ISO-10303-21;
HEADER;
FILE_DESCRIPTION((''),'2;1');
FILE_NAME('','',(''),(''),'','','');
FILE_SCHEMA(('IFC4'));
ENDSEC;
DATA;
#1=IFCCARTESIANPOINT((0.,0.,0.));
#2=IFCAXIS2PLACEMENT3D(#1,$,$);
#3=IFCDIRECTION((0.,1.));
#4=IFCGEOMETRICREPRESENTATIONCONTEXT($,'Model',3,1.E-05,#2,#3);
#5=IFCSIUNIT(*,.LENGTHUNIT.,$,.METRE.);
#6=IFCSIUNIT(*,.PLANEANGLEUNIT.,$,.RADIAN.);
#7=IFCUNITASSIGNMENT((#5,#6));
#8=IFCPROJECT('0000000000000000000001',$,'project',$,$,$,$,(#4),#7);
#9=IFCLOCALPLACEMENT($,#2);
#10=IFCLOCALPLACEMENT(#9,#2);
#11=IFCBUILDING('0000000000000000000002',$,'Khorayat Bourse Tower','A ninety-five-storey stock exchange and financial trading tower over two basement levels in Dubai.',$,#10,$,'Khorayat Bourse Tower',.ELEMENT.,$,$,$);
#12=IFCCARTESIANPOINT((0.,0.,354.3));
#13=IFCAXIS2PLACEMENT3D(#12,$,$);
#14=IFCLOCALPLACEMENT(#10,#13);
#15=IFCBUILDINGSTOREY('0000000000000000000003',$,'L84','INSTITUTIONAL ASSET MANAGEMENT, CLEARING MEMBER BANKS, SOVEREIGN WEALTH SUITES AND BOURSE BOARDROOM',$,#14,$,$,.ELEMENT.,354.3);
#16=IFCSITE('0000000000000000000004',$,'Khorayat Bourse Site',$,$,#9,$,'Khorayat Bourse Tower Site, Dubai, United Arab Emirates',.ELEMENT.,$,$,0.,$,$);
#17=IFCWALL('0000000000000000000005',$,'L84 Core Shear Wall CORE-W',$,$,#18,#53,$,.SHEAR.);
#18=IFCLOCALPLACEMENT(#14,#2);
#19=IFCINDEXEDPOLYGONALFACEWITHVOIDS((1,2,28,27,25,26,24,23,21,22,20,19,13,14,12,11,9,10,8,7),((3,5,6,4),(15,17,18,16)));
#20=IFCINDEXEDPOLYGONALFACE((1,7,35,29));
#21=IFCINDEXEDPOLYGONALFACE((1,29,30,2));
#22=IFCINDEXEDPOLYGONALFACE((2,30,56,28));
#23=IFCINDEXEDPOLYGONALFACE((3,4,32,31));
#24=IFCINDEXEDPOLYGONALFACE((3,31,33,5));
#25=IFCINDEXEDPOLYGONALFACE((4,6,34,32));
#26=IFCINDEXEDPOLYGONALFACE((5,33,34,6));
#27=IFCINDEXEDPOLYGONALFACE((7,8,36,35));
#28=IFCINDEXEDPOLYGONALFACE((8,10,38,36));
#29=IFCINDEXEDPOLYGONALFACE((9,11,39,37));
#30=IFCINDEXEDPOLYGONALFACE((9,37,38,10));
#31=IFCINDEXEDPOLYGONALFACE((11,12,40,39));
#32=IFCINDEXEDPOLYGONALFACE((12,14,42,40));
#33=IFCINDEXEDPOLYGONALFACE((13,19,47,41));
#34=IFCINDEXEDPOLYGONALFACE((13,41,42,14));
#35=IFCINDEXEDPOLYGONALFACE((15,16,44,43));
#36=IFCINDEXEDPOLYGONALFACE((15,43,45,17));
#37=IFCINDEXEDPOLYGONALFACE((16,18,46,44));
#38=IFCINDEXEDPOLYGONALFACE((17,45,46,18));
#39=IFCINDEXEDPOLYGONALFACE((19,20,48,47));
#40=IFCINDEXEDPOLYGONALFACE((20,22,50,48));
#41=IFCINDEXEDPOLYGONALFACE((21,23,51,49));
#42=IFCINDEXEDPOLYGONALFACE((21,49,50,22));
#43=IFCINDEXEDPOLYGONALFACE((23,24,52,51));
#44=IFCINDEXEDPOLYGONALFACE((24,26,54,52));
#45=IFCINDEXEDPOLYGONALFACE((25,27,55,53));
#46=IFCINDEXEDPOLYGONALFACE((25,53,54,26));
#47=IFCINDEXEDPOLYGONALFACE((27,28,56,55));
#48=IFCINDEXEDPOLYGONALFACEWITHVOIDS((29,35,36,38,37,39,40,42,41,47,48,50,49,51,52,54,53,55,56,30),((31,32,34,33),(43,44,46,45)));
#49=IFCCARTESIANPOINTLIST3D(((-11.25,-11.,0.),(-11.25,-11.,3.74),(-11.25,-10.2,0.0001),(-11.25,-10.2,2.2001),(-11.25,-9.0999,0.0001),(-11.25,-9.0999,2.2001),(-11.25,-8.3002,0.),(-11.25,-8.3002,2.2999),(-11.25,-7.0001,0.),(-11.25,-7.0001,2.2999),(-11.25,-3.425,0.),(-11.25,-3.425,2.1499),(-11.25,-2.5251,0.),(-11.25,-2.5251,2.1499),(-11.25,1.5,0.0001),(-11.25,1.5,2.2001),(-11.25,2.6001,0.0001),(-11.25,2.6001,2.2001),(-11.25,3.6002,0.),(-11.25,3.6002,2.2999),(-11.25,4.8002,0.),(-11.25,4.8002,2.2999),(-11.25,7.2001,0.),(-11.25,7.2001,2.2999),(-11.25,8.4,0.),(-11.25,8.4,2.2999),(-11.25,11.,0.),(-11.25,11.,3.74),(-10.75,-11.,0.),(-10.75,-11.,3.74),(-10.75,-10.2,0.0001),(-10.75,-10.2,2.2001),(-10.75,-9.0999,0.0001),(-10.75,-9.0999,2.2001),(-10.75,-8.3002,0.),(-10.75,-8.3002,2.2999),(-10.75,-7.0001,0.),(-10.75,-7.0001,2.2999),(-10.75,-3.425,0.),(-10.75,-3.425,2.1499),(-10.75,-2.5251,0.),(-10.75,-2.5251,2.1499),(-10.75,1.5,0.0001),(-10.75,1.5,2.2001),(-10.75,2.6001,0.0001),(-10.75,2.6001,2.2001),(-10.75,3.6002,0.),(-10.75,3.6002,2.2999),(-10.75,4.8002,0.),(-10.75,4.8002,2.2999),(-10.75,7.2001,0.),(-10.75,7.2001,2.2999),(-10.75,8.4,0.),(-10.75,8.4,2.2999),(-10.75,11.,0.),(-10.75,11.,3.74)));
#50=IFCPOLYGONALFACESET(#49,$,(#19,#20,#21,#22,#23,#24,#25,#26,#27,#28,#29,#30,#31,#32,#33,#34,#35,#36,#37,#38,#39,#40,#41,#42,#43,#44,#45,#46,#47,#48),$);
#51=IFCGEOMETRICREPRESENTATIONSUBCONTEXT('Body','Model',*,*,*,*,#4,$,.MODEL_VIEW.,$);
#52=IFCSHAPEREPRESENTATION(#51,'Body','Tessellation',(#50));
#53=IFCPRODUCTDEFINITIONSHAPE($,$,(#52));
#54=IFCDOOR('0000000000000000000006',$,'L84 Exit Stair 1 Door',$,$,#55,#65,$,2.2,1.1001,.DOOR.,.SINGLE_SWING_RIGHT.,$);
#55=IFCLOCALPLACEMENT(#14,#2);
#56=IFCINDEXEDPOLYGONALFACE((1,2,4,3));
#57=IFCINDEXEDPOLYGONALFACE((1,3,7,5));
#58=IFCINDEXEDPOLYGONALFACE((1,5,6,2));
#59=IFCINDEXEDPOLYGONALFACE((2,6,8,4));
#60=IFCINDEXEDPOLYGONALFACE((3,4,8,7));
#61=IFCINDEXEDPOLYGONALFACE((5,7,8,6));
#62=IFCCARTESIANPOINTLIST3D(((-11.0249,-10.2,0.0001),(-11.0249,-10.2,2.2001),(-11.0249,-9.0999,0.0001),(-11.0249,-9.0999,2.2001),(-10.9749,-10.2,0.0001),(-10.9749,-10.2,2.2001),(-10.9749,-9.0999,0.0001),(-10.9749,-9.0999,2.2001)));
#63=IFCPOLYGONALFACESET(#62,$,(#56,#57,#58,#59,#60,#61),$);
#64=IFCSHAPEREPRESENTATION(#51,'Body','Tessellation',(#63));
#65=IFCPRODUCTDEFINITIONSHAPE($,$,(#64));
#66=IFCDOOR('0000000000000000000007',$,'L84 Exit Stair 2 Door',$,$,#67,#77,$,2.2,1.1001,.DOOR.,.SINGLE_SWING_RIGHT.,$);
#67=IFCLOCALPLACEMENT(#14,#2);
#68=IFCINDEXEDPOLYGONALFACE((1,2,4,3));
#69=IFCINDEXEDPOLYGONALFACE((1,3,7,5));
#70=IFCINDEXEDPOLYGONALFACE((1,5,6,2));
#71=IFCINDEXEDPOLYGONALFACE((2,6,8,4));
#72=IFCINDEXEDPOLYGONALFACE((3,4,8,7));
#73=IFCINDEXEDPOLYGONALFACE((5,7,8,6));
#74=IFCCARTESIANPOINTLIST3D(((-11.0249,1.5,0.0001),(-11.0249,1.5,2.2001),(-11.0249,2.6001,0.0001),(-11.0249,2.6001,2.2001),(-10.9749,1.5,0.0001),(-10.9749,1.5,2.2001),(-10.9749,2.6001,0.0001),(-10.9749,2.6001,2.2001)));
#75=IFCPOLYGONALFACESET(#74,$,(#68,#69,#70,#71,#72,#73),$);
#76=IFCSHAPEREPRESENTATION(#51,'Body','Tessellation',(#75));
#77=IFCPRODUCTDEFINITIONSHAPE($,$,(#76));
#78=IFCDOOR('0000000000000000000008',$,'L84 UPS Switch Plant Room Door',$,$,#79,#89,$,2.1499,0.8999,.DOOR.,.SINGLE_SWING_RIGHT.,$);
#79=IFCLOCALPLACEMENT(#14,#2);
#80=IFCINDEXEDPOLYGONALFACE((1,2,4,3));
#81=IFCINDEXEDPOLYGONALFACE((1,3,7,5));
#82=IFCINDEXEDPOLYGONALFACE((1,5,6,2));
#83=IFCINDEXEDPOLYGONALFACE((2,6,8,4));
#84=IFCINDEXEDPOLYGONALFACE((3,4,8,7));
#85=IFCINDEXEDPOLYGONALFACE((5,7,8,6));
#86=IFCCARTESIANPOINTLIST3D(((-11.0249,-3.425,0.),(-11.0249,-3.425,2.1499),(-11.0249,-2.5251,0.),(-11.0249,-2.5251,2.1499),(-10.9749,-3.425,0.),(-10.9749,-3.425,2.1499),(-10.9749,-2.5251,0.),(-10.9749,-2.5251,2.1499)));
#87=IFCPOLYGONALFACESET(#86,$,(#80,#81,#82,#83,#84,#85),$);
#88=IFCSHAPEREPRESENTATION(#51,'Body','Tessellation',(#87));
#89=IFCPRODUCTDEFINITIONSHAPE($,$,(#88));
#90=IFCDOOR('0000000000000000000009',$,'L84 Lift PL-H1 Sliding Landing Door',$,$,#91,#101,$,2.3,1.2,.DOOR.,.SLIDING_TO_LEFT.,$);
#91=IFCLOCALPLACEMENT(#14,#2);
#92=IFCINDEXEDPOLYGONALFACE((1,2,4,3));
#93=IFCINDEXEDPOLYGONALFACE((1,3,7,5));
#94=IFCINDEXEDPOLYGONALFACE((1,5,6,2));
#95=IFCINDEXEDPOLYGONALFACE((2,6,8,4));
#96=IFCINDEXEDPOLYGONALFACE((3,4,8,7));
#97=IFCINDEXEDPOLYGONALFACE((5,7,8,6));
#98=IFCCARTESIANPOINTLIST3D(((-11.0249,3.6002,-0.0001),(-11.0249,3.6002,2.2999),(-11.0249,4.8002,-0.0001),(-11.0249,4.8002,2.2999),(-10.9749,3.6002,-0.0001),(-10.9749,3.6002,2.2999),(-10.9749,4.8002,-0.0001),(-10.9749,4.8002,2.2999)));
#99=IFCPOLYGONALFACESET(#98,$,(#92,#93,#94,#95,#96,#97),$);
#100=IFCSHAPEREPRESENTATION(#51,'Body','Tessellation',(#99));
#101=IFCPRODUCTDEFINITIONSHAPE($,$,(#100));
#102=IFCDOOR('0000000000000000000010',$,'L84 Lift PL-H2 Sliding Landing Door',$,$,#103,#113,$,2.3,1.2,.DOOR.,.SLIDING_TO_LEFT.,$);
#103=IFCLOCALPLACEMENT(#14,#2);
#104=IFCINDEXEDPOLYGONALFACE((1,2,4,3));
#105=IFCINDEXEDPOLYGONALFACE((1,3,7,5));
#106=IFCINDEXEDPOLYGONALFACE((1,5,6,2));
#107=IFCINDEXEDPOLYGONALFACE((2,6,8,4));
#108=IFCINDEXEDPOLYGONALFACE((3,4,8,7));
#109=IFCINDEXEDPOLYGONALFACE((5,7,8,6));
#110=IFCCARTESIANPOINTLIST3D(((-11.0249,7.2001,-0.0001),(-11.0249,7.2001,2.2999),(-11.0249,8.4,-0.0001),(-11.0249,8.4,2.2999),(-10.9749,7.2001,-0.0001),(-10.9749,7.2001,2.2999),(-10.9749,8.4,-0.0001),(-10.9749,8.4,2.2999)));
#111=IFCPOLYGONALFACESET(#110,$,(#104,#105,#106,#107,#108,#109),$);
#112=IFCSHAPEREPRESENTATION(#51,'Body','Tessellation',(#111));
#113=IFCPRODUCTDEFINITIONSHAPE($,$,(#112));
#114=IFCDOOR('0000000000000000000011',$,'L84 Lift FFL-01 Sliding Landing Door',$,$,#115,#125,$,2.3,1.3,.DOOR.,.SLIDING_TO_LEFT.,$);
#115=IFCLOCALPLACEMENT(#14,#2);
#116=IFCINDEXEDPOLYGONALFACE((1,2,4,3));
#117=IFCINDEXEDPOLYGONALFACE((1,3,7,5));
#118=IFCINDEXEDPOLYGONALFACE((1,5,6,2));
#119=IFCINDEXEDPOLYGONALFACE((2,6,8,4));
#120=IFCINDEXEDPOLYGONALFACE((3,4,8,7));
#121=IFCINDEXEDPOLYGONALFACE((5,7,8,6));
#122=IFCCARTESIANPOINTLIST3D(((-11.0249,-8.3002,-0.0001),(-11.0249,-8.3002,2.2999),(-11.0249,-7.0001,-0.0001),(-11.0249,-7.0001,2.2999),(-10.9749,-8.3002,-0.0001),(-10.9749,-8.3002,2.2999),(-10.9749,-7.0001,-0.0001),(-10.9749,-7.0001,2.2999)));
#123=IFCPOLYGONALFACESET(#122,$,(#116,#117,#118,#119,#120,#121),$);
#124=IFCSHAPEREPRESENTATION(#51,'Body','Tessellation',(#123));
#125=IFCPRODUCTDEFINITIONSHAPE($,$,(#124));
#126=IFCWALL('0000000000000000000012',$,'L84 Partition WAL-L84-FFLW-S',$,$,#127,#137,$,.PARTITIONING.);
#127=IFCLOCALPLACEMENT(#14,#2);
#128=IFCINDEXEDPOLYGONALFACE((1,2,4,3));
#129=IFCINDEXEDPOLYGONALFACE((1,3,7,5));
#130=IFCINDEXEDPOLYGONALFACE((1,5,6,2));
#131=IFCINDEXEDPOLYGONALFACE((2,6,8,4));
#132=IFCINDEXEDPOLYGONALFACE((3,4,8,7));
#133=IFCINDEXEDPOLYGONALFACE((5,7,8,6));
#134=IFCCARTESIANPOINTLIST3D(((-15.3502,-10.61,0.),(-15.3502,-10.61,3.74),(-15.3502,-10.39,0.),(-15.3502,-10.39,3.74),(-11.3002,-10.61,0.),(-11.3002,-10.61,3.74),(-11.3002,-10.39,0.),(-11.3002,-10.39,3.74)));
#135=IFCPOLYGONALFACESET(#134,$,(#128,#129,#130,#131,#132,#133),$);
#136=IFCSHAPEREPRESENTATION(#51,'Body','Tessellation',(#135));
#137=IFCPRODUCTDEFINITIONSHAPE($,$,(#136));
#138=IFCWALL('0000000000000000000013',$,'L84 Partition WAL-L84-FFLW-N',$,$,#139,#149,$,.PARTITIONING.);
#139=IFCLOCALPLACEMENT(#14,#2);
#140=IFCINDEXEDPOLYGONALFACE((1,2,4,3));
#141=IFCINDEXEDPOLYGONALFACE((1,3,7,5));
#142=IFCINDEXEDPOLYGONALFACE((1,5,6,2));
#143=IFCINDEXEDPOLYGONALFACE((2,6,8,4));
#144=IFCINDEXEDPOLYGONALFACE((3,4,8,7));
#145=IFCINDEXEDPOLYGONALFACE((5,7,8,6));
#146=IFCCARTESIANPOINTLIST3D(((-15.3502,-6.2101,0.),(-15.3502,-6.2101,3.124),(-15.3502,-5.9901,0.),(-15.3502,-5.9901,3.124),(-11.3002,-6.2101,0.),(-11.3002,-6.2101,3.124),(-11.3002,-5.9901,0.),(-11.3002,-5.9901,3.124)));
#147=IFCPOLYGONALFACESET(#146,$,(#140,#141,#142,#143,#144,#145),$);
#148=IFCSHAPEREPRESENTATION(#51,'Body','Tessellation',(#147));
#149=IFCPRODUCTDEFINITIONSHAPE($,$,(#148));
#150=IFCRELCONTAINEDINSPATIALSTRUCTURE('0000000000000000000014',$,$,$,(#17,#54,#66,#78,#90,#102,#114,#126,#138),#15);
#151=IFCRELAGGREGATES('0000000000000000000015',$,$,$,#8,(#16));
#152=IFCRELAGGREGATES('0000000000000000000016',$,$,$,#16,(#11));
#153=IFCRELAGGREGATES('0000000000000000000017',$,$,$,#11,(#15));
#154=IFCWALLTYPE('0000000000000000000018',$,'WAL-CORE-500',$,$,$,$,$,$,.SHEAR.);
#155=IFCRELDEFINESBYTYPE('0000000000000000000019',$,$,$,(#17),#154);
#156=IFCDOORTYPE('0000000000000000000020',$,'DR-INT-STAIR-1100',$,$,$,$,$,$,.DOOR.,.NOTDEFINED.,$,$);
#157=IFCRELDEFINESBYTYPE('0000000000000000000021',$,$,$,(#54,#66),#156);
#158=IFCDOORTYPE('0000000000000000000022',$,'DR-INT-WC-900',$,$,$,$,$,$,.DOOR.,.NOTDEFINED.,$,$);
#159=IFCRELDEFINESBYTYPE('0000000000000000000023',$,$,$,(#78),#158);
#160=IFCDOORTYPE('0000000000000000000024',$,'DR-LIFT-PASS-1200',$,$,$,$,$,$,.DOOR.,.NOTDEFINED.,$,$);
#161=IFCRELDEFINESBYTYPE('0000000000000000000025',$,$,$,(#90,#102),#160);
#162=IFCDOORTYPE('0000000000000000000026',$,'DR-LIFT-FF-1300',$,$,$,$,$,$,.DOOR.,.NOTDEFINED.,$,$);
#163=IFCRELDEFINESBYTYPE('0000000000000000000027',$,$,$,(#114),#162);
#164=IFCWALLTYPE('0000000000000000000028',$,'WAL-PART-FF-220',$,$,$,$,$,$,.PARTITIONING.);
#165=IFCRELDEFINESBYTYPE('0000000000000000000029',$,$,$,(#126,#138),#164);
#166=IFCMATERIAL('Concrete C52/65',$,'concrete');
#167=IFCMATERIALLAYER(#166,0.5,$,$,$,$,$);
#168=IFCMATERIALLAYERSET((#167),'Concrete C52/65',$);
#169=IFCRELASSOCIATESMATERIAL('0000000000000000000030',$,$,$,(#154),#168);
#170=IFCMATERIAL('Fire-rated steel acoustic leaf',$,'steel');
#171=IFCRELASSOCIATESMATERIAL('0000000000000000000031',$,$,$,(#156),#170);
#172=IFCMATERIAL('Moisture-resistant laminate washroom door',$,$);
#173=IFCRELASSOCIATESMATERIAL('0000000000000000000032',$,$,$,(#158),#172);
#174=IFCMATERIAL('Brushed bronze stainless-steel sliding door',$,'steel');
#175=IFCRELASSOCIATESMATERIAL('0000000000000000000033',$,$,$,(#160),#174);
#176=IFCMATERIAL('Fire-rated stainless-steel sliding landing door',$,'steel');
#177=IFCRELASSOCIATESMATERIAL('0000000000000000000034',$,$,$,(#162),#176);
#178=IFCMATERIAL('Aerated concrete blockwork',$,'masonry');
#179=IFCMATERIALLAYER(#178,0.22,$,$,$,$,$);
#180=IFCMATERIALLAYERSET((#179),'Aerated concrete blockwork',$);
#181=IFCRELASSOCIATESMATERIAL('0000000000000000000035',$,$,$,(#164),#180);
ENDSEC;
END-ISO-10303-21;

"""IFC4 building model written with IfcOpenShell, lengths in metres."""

from ifc_helpers import new_model, si_unit, direction, frame, frame_2d, origin, place, context, subcontext, project, spatial, rectangle, extrude, source, transform, mapped, material, layer, layer_set, type_object, element, fill, save


model = new_model("IFC4")

# Units and contexts
model_context = context("Model", 3, precision=1e-05, world=origin(), true_north=direction((0.0, 1.0)))
body_context = subcontext(model_context, "Body", "Model", "MODEL_VIEW")
ifc_project = project(units=[si_unit("LENGTHUNIT", "METRE"), si_unit("PLANEANGLEUNIT", "RADIAN")], contexts=[model_context])

# Site, building, storey
site_placement = place(None, origin())
site = spatial("IfcSite", under=ifc_project, at=site_placement, Name="Khorayat Bourse Site", LongName="Khorayat Bourse Tower Site, Dubai, United Arab Emirates", CompositionType="ELEMENT", RefElevation=0.0)
building_placement = place(site_placement, origin())
building = spatial("IfcBuilding", under=site, at=building_placement, Name="Khorayat Bourse Tower", Description="A ninety-five-storey stock exchange and financial trading tower over two basement levels in Dubai.", LongName="Khorayat Bourse Tower", CompositionType="ELEMENT")
storey_placement = place(building_placement, frame((0.0, 0.0, 354.3)))
storey = spatial("IfcBuildingStorey", under=building, at=storey_placement, Name="L84", Description="INSTITUTIONAL ASSET MANAGEMENT, CLEARING MEMBER BANKS, SOVEREIGN WEALTH SUITES AND BOURSE BOARDROOM", CompositionType="ELEMENT", Elevation=354.3)

# Shared definitions
ifc_material_1 = material(Name="Concrete C52/65", Category="concrete")

# Wall, openings, doors
ifc_layer_1 = layer(ifc_material_1, 0.5)
ifc_layer_set_1 = layer_set([ifc_layer_1], Name="Concrete C52/65")
wall_type_1 = type_object("IfcWallType", Name="WAL-CORE-500", PredefinedType="SHEAR", material=ifc_layer_set_1)
shared_shape_1 = source(origin(), body_context, "Body", "SweptSolid", [
    extrude(rectangle(XDim=22.0, YDim=0.5, at=frame_2d((11.0, 0.0))), origin(), (0.0, 0.0, 1.0), 3.74),
])
wall_1_placement = place(storey_placement, frame((-11.0, -11.0, 0.0), z_axis=(0.0, 0.0, 1.0), x_axis=(0.0, 1.0, 0.0)))
wall_1 = element("IfcWall", 1, at=wall_1_placement, inside=storey, type_object=wall_type_1, Name="L84 Core Shear Wall CORE-W", PredefinedType="SHEAR", context=body_context, shape_type="MappedRepresentation", body=[
    mapped(shared_shape_1, transform((0.0, 0.0, 0.0), scale=1.0)),
])
shared_shape_2 = source(origin(), body_context, "Body", "SweptSolid", [
    extrude(rectangle(XDim=1.1001, YDim=2.2, at=frame_2d((0.55, 1.1001))), frame((0.0, 0.26, 0.0), z_axis=(0.0, -1.0, 0.0), x_axis=(1.0, 0.0, 0.0)), (0.0, 0.0, 1.0), 0.52),
])
opening_1_placement = place(wall_1_placement, frame((0.8, 0.0, 0.0)))
opening_1 = element("IfcOpeningElement", 2, at=opening_1_placement, cuts=wall_1, PredefinedType="OPENING", context=body_context, shape_type="MappedRepresentation", body=[
    mapped(shared_shape_2, transform((0.0, 0.0, 0.0), scale=1.0)),
])
opening_2_placement = place(wall_1_placement, frame((12.5, 0.0, 0.0)))
opening_2 = element("IfcOpeningElement", 3, at=opening_2_placement, cuts=wall_1, PredefinedType="OPENING", context=body_context, shape_type="MappedRepresentation", body=[
    mapped(shared_shape_2, transform((0.0, 0.0, 0.0), scale=1.0)),
])
shared_shape_3 = source(origin(), body_context, "Body", "SweptSolid", [
    extrude(rectangle(XDim=0.8999, YDim=2.1499, at=frame_2d((0.45, 1.075))), frame((0.0, 0.26, 0.0), z_axis=(0.0, -1.0, 0.0), x_axis=(1.0, 0.0, 0.0)), (0.0, 0.0, 1.0), 0.52),
])
opening_3_placement = place(wall_1_placement, frame((7.575, 0.0, 0.0)))
opening_3 = element("IfcOpeningElement", 4, at=opening_3_placement, cuts=wall_1, PredefinedType="OPENING", context=body_context, shape_type="MappedRepresentation", body=[
    mapped(shared_shape_3, transform((0.0, 0.0, 0.0), scale=1.0)),
])
shared_shape_4 = source(origin(), body_context, "Body", "SweptSolid", [
    extrude(rectangle(XDim=1.2, YDim=2.3, at=frame_2d((0.6001, 1.1499))), frame((0.0, 0.26, 0.0), z_axis=(0.0, -1.0, 0.0), x_axis=(1.0, 0.0, 0.0)), (0.0, 0.0, 1.0), 0.52),
])
opening_4_placement = place(wall_1_placement, frame((14.6001, 0.0, 0.0)))
opening_4 = element("IfcOpeningElement", 5, at=opening_4_placement, cuts=wall_1, PredefinedType="OPENING", context=body_context, shape_type="MappedRepresentation", body=[
    mapped(shared_shape_4, transform((0.0, 0.0, 0.0), scale=1.0)),
])
opening_5_placement = place(wall_1_placement, frame((18.2, 0.0, 0.0)))
opening_5 = element("IfcOpeningElement", 6, at=opening_5_placement, cuts=wall_1, PredefinedType="OPENING", context=body_context, shape_type="MappedRepresentation", body=[
    mapped(shared_shape_4, transform((0.0, 0.0, 0.0), scale=1.0)),
])
shared_shape_5 = source(origin(), body_context, "Body", "SweptSolid", [
    extrude(rectangle(XDim=1.3, YDim=2.3, at=frame_2d((0.6499, 1.1499))), frame((0.0, 0.26, 0.0), z_axis=(0.0, -1.0, 0.0), x_axis=(1.0, 0.0, 0.0)), (0.0, 0.0, 1.0), 0.52),
])
opening_6_placement = place(wall_1_placement, frame((2.7, 0.0, 0.0)))
opening_6 = element("IfcOpeningElement", 7, at=opening_6_placement, cuts=wall_1, PredefinedType="OPENING", context=body_context, shape_type="MappedRepresentation", body=[
    mapped(shared_shape_5, transform((0.0, 0.0, 0.0), scale=1.0)),
])
ifc_material_2 = material(Name="Fire-rated steel acoustic leaf", Category="steel")
door_type_1 = type_object("IfcDoorType", Name="DR-INT-STAIR-1100", OperationType="NOTDEFINED", PredefinedType="DOOR", material=ifc_material_2)
shared_shape_6 = source(origin(), body_context, "Body", "SweptSolid", [
    extrude(rectangle(XDim=1.1001, YDim=2.2, at=frame_2d((0.55, 1.1001))), frame((0.0, 0.0249, 0.0), z_axis=(0.0, -1.0, 0.0), x_axis=(1.0, 0.0, 0.0)), (0.0, 0.0, 1.0), 0.05),
])
door_1_placement = place(opening_1_placement, origin())
door_1 = element("IfcDoor", 8, at=door_1_placement, inside=storey, type_object=door_type_1, Name="L84 Exit Stair 1 Door", OperationType="SINGLE_SWING_RIGHT", OverallHeight=2.2, OverallWidth=1.1001, PredefinedType="DOOR", context=body_context, shape_type="MappedRepresentation", body=[
    mapped(shared_shape_6, transform((0.0, 0.0, 0.0), scale=1.0)),
])
fill(opening_1, door_1)
door_2_placement = place(opening_2_placement, origin())
door_2 = element("IfcDoor", 9, at=door_2_placement, inside=storey, type_object=door_type_1, Name="L84 Exit Stair 2 Door", OperationType="SINGLE_SWING_RIGHT", OverallHeight=2.2, OverallWidth=1.1001, PredefinedType="DOOR", context=body_context, shape_type="MappedRepresentation", body=[
    mapped(shared_shape_6, transform((0.0, 0.0, 0.0), scale=1.0)),
])
fill(opening_2, door_2)
ifc_material_3 = material(Name="Moisture-resistant laminate washroom door")
door_type_2 = type_object("IfcDoorType", Name="DR-INT-WC-900", OperationType="NOTDEFINED", PredefinedType="DOOR", material=ifc_material_3)
shared_shape_7 = source(origin(), body_context, "Body", "SweptSolid", [
    extrude(rectangle(XDim=0.8999, YDim=2.1499, at=frame_2d((0.45, 1.075))), frame((0.0, 0.0249, 0.0), z_axis=(0.0, -1.0, 0.0), x_axis=(1.0, 0.0, 0.0)), (0.0, 0.0, 1.0), 0.05),
])
door_3_placement = place(opening_3_placement, origin())
door_3 = element("IfcDoor", 10, at=door_3_placement, inside=storey, type_object=door_type_2, Name="L84 UPS Switch Plant Room Door", OperationType="SINGLE_SWING_RIGHT", OverallHeight=2.1499, OverallWidth=0.8999, PredefinedType="DOOR", context=body_context, shape_type="MappedRepresentation", body=[
    mapped(shared_shape_7, transform((0.0, 0.0, 0.0), scale=1.0)),
])
fill(opening_3, door_3)
ifc_material_4 = material(Name="Brushed bronze stainless-steel sliding door", Category="steel")
door_type_3 = type_object("IfcDoorType", Name="DR-LIFT-PASS-1200", OperationType="NOTDEFINED", PredefinedType="DOOR", material=ifc_material_4)
shared_shape_8 = source(origin(), body_context, "Body", "SweptSolid", [
    extrude(rectangle(XDim=1.2, YDim=2.3, at=frame_2d((0.6001, 1.1499))), frame((0.0, 0.0249, 0.0), z_axis=(0.0, -1.0, 0.0), x_axis=(1.0, 0.0, 0.0)), (0.0, 0.0, 1.0), 0.05),
])
door_4_placement = place(opening_4_placement, origin())
door_4 = element("IfcDoor", 11, at=door_4_placement, inside=storey, type_object=door_type_3, Name="L84 Lift PL-H1 Sliding Landing Door", OperationType="SLIDING_TO_LEFT", OverallHeight=2.3, OverallWidth=1.2, PredefinedType="DOOR", context=body_context, shape_type="MappedRepresentation", body=[
    mapped(shared_shape_8, transform((0.0, 0.0, 0.0), scale=1.0)),
])
fill(opening_4, door_4)
door_5_placement = place(opening_5_placement, origin())
door_5 = element("IfcDoor", 12, at=door_5_placement, inside=storey, type_object=door_type_3, Name="L84 Lift PL-H2 Sliding Landing Door", OperationType="SLIDING_TO_LEFT", OverallHeight=2.3, OverallWidth=1.2, PredefinedType="DOOR", context=body_context, shape_type="MappedRepresentation", body=[
    mapped(shared_shape_8, transform((0.0, 0.0, 0.0), scale=1.0)),
])
fill(opening_5, door_5)
ifc_material_5 = material(Name="Fire-rated stainless-steel sliding landing door", Category="steel")
door_type_4 = type_object("IfcDoorType", Name="DR-LIFT-FF-1300", OperationType="NOTDEFINED", PredefinedType="DOOR", material=ifc_material_5)
shared_shape_9 = source(origin(), body_context, "Body", "SweptSolid", [
    extrude(rectangle(XDim=1.3, YDim=2.3, at=frame_2d((0.6499, 1.1499))), frame((0.0, 0.0249, 0.0), z_axis=(0.0, -1.0, 0.0), x_axis=(1.0, 0.0, 0.0)), (0.0, 0.0, 1.0), 0.05),
])
door_6_placement = place(opening_6_placement, origin())
door_6 = element("IfcDoor", 13, at=door_6_placement, inside=storey, type_object=door_type_4, Name="L84 Lift FFL-01 Sliding Landing Door", OperationType="SLIDING_TO_LEFT", OverallHeight=2.3, OverallWidth=1.3, PredefinedType="DOOR", context=body_context, shape_type="MappedRepresentation", body=[
    mapped(shared_shape_9, transform((0.0, 0.0, 0.0), scale=1.0)),
])
fill(opening_6, door_6)

# Walls
ifc_material_6 = material(Name="Aerated concrete blockwork", Category="masonry")
ifc_layer_2 = layer(ifc_material_6, 0.22)
ifc_layer_set_2 = layer_set([ifc_layer_2], Name="Aerated concrete blockwork")
wall_type_2 = type_object("IfcWallType", Name="WAL-PART-FF-220", PredefinedType="PARTITIONING", material=ifc_layer_set_2)
shared_shape_10 = source(origin(), body_context, "Body", "SweptSolid", [
    extrude(rectangle(XDim=4.05, YDim=0.22, at=frame_2d((2.0249, 0.0))), origin(), (0.0, 0.0, 1.0), 3.74),
])
wall_2_placement = place(storey_placement, frame((-15.3501, -10.5, 0.0), z_axis=(0.0, 0.0, 1.0), x_axis=(1.0, 0.0, 0.0)))
element("IfcWall", 14, at=wall_2_placement, inside=storey, type_object=wall_type_2, Name="L84 Partition WAL-L84-FFLW-S", PredefinedType="PARTITIONING", context=body_context, shape_type="MappedRepresentation", body=[
    mapped(shared_shape_10, transform((0.0, 0.0, 0.0), scale=1.0)),
])
shared_shape_11 = source(origin(), body_context, "Body", "SweptSolid", [
    extrude(rectangle(XDim=4.05, YDim=0.22, at=frame_2d((2.0249, 0.0))), origin(), (0.0, 0.0, 1.0), 3.124),
])
wall_3_placement = place(storey_placement, frame((-15.3501, -6.1001, 0.0), z_axis=(0.0, 0.0, 1.0), x_axis=(1.0, 0.0, 0.0)))
element("IfcWall", 15, at=wall_3_placement, inside=storey, type_object=wall_type_2, Name="L84 Partition WAL-L84-FFLW-N", PredefinedType="PARTITIONING", context=body_context, shape_type="MappedRepresentation", body=[
    mapped(shared_shape_11, transform((0.0, 0.0, 0.0), scale=1.0)),
])

save(model, "model.ifc")
